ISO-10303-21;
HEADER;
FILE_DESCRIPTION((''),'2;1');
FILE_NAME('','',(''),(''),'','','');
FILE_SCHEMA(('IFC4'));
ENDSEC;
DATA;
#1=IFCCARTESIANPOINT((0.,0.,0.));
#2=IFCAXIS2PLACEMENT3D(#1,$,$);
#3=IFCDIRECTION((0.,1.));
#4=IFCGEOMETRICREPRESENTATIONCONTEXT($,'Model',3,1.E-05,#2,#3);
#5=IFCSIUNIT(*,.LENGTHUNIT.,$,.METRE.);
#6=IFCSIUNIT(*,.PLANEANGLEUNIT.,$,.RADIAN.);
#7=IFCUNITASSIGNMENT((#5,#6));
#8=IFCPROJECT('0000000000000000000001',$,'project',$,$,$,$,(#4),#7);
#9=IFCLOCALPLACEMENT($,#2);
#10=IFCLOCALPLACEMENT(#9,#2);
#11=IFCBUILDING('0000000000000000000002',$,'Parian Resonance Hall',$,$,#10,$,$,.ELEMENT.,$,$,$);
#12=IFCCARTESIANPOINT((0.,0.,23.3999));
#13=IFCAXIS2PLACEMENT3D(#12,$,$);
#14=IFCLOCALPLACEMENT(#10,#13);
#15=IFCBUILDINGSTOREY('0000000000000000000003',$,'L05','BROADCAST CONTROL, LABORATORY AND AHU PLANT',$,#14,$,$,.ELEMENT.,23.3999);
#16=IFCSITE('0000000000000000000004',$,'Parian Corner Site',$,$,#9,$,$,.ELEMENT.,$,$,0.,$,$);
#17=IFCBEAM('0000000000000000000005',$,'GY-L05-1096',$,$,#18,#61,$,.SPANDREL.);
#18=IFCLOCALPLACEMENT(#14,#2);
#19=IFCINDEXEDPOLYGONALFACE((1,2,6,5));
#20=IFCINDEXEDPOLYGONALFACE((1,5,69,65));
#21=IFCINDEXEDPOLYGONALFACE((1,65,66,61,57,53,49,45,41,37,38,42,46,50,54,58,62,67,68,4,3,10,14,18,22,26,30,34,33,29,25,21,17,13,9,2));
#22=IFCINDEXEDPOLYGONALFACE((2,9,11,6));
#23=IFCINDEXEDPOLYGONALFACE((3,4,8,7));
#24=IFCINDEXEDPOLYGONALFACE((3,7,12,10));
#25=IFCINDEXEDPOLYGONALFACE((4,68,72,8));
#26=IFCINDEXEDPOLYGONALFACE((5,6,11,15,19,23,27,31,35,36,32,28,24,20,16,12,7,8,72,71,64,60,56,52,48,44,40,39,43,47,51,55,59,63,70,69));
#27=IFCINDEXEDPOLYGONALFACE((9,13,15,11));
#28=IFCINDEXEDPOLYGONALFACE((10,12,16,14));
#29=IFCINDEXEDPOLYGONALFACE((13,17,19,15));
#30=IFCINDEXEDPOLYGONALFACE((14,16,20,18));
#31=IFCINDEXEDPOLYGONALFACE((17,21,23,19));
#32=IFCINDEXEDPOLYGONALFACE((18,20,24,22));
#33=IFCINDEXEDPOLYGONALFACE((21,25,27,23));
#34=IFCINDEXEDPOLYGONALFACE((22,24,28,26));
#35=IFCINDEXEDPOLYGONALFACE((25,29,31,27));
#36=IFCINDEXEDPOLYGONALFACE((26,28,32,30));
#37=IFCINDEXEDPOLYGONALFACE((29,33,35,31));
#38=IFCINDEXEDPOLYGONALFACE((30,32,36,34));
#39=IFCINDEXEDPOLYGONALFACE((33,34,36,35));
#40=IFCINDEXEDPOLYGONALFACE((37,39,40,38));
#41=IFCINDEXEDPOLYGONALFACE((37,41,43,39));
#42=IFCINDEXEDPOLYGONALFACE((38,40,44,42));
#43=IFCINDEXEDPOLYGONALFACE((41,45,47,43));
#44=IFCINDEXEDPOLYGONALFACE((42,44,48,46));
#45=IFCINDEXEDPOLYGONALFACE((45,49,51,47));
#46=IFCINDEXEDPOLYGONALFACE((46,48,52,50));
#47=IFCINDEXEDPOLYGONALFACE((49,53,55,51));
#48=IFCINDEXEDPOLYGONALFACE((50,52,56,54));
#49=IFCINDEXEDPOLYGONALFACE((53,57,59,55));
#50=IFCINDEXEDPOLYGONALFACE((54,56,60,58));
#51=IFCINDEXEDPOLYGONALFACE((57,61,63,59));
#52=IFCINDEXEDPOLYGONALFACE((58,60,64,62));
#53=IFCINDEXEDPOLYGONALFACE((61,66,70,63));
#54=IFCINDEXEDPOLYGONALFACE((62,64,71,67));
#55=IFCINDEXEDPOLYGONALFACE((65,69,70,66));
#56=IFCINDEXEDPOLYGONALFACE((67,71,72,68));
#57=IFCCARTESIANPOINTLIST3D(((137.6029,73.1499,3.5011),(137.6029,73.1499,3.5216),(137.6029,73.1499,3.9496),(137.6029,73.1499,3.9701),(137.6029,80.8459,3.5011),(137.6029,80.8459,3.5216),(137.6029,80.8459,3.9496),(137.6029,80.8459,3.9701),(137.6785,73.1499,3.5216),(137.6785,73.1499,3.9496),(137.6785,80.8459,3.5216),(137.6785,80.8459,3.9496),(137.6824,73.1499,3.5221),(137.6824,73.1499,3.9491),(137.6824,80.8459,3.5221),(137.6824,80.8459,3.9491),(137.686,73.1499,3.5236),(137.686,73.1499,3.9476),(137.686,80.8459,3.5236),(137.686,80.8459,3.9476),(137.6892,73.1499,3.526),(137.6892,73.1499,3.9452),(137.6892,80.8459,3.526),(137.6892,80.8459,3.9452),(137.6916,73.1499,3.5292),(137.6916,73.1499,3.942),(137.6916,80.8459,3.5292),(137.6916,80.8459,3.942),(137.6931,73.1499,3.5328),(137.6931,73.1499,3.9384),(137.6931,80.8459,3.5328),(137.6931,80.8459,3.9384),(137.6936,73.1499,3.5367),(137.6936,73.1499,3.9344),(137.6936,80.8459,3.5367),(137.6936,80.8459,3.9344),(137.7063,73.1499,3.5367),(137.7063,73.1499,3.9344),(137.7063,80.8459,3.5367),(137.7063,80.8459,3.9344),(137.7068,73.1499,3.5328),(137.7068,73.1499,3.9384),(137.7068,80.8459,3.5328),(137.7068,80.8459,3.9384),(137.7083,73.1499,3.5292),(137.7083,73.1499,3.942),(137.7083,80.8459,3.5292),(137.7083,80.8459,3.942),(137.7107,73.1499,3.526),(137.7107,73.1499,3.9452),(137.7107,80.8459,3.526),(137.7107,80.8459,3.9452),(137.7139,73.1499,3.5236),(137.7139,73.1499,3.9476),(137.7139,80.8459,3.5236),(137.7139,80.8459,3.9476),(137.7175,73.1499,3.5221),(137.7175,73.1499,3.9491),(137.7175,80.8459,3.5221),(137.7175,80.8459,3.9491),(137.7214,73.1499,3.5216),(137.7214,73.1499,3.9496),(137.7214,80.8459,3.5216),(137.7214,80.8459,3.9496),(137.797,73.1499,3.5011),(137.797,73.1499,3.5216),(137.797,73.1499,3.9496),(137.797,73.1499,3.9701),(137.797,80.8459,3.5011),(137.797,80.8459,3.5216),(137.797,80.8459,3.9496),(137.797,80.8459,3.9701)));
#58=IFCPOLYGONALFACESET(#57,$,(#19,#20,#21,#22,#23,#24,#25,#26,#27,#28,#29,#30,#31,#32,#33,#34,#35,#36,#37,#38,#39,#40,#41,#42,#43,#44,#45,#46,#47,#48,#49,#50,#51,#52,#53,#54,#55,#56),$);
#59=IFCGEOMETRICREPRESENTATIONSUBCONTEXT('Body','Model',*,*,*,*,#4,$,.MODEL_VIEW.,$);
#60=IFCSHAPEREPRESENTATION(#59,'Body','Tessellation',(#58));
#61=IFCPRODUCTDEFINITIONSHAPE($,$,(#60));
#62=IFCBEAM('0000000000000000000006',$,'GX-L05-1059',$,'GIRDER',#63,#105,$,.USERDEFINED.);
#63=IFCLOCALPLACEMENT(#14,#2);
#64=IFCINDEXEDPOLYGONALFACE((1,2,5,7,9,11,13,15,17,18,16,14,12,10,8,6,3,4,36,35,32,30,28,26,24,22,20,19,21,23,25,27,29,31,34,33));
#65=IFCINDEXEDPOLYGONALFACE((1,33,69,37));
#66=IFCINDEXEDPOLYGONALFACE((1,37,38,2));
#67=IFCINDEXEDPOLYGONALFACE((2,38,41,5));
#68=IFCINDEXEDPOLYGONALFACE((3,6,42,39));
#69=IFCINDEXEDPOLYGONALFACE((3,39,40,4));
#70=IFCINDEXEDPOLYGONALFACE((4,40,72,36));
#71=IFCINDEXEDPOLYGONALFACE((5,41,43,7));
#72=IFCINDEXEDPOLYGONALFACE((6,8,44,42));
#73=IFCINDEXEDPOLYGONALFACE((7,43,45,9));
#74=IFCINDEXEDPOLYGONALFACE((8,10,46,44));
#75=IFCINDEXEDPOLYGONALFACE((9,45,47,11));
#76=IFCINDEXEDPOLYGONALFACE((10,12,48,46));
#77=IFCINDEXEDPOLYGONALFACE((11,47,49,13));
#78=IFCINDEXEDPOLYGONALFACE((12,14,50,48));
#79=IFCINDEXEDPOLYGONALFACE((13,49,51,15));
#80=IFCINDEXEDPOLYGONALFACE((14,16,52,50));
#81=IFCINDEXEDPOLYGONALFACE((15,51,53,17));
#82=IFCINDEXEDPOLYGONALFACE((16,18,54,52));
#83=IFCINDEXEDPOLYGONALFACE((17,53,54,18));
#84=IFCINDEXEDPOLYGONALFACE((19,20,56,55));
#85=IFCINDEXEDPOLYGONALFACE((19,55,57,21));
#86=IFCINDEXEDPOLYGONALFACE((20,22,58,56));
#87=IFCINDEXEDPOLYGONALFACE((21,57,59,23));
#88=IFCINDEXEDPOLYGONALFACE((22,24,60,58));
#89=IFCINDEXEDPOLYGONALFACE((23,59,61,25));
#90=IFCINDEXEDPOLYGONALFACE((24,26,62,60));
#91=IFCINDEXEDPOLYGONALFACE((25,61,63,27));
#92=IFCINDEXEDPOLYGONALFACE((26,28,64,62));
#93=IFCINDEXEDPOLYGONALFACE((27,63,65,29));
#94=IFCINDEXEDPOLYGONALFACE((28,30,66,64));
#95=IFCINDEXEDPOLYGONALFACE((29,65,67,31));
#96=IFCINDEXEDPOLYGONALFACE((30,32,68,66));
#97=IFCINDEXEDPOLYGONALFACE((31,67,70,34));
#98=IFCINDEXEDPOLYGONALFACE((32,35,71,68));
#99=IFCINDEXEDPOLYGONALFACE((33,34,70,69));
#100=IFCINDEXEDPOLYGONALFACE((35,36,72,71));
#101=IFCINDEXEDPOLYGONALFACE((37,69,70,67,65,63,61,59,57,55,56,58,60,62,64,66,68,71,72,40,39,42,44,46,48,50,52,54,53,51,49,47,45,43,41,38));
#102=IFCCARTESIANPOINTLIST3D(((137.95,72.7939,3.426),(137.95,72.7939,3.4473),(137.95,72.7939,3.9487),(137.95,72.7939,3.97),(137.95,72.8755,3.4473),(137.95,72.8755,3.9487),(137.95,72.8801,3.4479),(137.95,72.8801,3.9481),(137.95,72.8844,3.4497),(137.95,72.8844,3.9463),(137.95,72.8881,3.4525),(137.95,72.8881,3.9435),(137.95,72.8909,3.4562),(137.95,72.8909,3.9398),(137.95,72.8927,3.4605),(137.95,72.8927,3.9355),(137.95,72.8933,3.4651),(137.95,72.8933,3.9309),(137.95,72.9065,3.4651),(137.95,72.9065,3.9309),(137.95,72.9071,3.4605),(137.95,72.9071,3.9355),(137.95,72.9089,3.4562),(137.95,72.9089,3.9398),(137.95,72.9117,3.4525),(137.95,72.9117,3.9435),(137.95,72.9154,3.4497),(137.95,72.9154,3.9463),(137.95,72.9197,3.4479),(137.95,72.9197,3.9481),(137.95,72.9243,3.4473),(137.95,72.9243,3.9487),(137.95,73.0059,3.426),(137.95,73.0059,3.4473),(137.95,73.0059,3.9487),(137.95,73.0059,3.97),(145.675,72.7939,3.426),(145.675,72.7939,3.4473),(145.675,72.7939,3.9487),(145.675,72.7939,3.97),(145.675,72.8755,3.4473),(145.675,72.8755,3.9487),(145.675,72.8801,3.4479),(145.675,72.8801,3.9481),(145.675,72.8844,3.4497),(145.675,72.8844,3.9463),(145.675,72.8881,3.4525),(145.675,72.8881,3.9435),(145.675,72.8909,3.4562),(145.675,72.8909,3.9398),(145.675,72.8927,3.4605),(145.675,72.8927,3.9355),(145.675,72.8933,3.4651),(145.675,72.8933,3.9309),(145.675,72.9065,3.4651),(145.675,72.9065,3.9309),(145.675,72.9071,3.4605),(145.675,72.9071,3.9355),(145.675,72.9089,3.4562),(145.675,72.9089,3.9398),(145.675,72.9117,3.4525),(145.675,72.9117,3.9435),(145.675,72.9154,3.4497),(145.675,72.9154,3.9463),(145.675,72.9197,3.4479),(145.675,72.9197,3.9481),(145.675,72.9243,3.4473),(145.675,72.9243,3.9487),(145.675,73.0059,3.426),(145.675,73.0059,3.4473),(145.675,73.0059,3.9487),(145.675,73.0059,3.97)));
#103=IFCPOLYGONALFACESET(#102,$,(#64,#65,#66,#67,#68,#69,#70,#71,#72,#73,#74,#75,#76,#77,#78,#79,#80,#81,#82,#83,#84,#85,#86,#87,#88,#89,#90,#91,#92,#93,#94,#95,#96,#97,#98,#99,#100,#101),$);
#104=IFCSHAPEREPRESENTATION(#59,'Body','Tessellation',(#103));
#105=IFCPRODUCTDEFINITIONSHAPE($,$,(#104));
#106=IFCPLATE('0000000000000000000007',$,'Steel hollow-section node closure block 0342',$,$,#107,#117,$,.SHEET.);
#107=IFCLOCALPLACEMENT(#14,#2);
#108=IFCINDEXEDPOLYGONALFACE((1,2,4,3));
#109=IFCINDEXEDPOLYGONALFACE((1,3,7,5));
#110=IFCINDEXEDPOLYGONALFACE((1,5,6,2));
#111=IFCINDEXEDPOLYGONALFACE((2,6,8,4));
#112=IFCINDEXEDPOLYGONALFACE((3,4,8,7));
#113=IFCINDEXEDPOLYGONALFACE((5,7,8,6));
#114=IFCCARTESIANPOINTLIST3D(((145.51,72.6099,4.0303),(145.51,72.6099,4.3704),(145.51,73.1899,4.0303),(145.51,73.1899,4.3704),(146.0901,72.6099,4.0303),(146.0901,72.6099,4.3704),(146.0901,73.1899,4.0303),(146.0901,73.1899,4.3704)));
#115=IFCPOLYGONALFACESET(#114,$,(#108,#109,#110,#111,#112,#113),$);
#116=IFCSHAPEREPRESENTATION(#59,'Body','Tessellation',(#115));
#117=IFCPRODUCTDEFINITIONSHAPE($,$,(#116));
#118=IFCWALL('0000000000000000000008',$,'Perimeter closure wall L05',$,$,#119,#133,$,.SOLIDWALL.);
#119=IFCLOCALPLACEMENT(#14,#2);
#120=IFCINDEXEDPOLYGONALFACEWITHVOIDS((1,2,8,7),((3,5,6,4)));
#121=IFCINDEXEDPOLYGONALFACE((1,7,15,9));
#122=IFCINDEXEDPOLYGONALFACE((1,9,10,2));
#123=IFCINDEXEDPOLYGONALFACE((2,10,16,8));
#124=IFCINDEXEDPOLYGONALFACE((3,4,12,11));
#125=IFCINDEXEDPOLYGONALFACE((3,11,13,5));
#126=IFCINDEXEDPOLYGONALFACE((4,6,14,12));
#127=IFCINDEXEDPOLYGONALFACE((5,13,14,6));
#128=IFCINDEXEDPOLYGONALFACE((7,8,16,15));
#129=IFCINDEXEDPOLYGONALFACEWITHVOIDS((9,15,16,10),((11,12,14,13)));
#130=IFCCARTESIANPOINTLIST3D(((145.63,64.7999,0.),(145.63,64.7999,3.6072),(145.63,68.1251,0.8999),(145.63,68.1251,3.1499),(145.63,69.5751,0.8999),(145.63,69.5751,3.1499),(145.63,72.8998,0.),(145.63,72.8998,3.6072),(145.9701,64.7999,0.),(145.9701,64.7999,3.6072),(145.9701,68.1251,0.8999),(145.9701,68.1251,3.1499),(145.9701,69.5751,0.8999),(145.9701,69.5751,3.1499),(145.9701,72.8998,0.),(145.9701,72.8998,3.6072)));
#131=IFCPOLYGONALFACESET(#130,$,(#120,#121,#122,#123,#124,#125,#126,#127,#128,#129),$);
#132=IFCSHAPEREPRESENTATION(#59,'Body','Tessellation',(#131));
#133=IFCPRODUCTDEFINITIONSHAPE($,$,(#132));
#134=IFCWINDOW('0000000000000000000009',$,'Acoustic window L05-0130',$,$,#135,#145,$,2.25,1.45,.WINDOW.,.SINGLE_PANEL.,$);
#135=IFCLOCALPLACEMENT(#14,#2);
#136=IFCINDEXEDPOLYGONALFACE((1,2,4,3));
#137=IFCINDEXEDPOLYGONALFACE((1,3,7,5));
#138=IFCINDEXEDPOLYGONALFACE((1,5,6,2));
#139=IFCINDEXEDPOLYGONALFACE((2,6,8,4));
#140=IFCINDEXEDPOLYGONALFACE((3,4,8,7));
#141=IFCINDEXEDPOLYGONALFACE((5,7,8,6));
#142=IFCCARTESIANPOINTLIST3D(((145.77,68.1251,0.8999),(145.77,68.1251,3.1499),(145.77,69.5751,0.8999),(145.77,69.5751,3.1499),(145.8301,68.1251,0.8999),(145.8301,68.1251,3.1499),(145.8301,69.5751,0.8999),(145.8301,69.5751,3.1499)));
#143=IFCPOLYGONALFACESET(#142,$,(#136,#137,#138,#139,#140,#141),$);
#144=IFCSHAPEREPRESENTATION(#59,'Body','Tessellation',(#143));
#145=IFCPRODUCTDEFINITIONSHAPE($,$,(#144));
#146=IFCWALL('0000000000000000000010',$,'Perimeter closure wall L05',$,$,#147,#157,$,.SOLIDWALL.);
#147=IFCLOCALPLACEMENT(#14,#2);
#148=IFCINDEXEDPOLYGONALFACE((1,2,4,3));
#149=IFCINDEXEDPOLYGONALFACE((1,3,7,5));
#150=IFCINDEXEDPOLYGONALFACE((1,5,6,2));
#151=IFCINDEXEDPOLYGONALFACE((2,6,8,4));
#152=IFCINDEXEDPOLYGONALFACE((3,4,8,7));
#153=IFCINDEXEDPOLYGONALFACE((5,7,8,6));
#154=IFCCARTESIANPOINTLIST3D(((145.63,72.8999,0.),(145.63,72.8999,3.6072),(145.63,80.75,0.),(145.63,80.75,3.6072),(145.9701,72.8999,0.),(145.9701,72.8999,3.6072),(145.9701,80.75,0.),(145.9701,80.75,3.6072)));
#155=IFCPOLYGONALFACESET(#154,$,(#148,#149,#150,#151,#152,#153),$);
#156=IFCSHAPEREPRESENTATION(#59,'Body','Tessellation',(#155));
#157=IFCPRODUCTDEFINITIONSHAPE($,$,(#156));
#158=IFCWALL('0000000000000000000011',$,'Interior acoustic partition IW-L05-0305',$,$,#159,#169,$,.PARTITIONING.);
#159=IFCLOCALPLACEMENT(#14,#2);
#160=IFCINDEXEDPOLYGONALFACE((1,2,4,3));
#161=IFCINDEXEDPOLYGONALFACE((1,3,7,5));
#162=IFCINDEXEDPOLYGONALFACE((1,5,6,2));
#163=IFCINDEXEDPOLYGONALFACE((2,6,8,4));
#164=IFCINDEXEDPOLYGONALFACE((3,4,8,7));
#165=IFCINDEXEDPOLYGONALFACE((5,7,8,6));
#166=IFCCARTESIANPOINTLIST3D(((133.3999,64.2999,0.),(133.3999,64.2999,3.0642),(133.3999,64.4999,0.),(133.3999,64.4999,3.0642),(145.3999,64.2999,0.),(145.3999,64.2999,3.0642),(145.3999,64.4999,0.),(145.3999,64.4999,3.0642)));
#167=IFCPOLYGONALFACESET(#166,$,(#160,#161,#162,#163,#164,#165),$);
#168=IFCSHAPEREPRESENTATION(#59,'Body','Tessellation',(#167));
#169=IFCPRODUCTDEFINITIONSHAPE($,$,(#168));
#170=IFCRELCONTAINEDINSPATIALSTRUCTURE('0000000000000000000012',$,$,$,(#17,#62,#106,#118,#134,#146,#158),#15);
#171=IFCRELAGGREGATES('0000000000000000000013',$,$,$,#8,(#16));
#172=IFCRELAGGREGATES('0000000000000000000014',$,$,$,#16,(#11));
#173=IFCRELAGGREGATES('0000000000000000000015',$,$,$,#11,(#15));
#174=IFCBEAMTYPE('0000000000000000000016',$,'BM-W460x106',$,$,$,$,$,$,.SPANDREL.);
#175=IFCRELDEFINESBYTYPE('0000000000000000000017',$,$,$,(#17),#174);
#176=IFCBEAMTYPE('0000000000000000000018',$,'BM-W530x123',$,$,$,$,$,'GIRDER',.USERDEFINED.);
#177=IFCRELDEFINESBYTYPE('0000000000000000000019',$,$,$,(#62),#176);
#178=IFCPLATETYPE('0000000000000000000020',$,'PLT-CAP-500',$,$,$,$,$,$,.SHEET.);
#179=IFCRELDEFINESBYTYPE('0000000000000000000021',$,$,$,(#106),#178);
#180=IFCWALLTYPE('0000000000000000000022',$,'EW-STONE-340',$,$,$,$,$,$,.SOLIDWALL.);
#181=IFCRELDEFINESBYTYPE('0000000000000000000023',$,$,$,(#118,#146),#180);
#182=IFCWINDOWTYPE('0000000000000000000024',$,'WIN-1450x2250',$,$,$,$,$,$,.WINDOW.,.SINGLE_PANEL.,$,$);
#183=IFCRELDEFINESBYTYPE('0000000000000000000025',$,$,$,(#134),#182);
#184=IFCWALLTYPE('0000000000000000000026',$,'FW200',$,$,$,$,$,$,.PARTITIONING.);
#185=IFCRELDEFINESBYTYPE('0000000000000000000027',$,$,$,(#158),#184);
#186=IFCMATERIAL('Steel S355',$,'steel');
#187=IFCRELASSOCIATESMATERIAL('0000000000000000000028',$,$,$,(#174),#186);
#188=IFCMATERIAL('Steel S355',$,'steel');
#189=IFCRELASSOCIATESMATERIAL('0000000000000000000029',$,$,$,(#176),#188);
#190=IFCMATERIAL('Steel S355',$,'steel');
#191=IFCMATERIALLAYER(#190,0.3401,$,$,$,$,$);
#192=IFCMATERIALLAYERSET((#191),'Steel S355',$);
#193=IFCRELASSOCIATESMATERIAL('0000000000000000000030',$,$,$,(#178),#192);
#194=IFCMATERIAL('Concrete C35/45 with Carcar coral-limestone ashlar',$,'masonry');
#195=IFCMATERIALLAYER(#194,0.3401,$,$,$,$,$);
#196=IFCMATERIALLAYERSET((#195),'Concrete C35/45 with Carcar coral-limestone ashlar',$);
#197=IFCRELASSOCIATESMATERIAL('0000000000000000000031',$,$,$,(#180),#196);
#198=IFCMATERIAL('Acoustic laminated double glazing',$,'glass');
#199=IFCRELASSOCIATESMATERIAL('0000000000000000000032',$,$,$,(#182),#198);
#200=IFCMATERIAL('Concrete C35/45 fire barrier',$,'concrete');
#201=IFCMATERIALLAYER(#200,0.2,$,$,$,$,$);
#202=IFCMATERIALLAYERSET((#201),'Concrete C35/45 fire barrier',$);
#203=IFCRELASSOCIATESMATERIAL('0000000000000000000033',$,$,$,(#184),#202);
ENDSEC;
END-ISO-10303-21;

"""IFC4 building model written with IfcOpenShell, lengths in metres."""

from ifc_helpers import new_model, si_unit, direction, frame, frame_2d, origin, origin_2d, place, context, subcontext, project, spatial, rectangle, i_section, extrude, material, layer, layer_set, material_profile, profile_set, type_object, element, fill, save


model = new_model("IFC4")

# Units and contexts
model_context = context("Model", 3, precision=1e-05, world=origin(), true_north=direction((0.0, 1.0)))
body_context = subcontext(model_context, "Body", "Model", "MODEL_VIEW")
ifc_project = project(units=[si_unit("LENGTHUNIT", "METRE"), si_unit("PLANEANGLEUNIT", "RADIAN")], contexts=[model_context])

# Site, building, storey
site_placement = place(None, origin())
site = spatial("IfcSite", under=ifc_project, at=site_placement, Name="Parian Corner Site", CompositionType="ELEMENT", RefElevation=0.0)
building_placement = place(site_placement, origin())
building = spatial("IfcBuilding", under=site, at=building_placement, Name="Parian Resonance Hall", CompositionType="ELEMENT")
storey_placement = place(building_placement, frame((0.0, 0.0, 23.3999)))
storey = spatial("IfcBuildingStorey", under=building, at=storey_placement, Name="L05", Description="BROADCAST CONTROL, LABORATORY AND AHU PLANT", CompositionType="ELEMENT", Elevation=23.3999)

# Beams
ifc_material_1 = material(Name="Steel S355", Category="steel")
ifc_material_profile_1 = material_profile(ifc_material_1, i_section(OverallWidth=0.1941, OverallDepth=0.469, WebThickness=0.0127, FlangeThickness=0.0205, FilletRadius=0.0151, at=origin_2d()), Name="W460x106")
ifc_profile_set_1 = profile_set([ifc_material_profile_1], Name="Steel S355")
beam_type_1 = type_object("IfcBeamType", Name="BM-W460x106", PredefinedType="SPANDREL", material=ifc_profile_set_1)
beam_1_placement = place(storey_placement, frame((137.7, 73.1499, 3.7356), z_axis=(0.0, 1.0, 0.0), x_axis=(-1.0, 0.0, 0.0)))
element("IfcBeam", 1, at=beam_1_placement, inside=storey, type_object=beam_type_1, Name="GY-L05-1096", PredefinedType="SPANDREL", context=body_context, shape_type="SweptSolid", body=[
    extrude(i_section(OverallWidth=0.1941, OverallDepth=0.469, WebThickness=0.0127, FlangeThickness=0.0205, FilletRadius=0.0151, at=origin_2d()), origin(), (0.0, 0.0, 1.0), 7.696),
])
ifc_material_2 = material(Name="Steel S355", Category="steel")
ifc_material_profile_2 = material_profile(ifc_material_2, i_section(OverallWidth=0.2119, OverallDepth=0.5439, WebThickness=0.0132, FlangeThickness=0.0212, FilletRadius=0.0178, at=origin_2d()), Name="W530x123")
ifc_profile_set_2 = profile_set([ifc_material_profile_2], Name="Steel S355")
beam_type_2 = type_object("IfcBeamType", Name="BM-W530x123", ElementType="GIRDER", PredefinedType="USERDEFINED", material=ifc_profile_set_2)
beam_2_placement = place(storey_placement, frame((137.95, 72.8999, 3.698), z_axis=(1.0, 0.0, 0.0), x_axis=(0.0, 1.0, 0.0)))
element("IfcBeam", 2, at=beam_2_placement, inside=storey, type_object=beam_type_2, Name="GX-L05-1059", ObjectType="GIRDER", PredefinedType="USERDEFINED", context=body_context, shape_type="SweptSolid", body=[
    extrude(i_section(OverallWidth=0.2119, OverallDepth=0.5439, WebThickness=0.0132, FlangeThickness=0.0212, FilletRadius=0.0178, at=origin_2d()), origin(), (0.0, 0.0, 1.0), 7.7251),
])

# Plate
ifc_material_3 = material(Name="Steel S355", Category="steel")
ifc_layer_1 = layer(ifc_material_3, 0.3401)
ifc_layer_set_1 = layer_set([ifc_layer_1], Name="Steel S355")
plate_type = type_object("IfcPlateType", Name="PLT-CAP-500", PredefinedType="SHEET", material=ifc_layer_set_1)
plate_placement = place(storey_placement, frame((145.8, 72.8999, 4.0303), z_axis=(0.0, 0.0, 1.0), x_axis=(1.0, 0.0, 0.0)))
element("IfcPlate", 3, at=plate_placement, inside=storey, type_object=plate_type, Name="Steel hollow-section node closure block 0342", PredefinedType="SHEET", context=body_context, shape_type="SweptSolid", body=[
    extrude(rectangle(XDim=0.5801, YDim=0.5801, at=origin_2d()), origin(), (0.0, 0.0, 1.0), 0.3401),
])

# Wall, opening, window
ifc_material_4 = material(Name="Concrete C35/45 with Carcar coral-limestone ashlar", Category="masonry")
ifc_layer_2 = layer(ifc_material_4, 0.3401)
ifc_layer_set_2 = layer_set([ifc_layer_2], Name="Concrete C35/45 with Carcar coral-limestone ashlar")
wall_type_1 = type_object("IfcWallType", Name="EW-STONE-340", PredefinedType="SOLIDWALL", material=ifc_layer_set_2)
wall_1_placement = place(storey_placement, frame((145.8, 64.8, 0.0), z_axis=(0.0, 0.0, 1.0), x_axis=(0.0, 1.0, 0.0)))
wall_1 = element("IfcWall", 4, at=wall_1_placement, inside=storey, type_object=wall_type_1, Name="Perimeter closure wall L05", PredefinedType="SOLIDWALL", context=body_context, shape_type="SweptSolid", body=[
    extrude(rectangle(XDim=8.0999, YDim=0.3401, at=frame_2d((4.0498, 0.0))), origin(), (0.0, 0.0, 1.0), 3.6072),
])
opening_1_placement = place(wall_1_placement, frame((3.325, 0.0, 0.8999)))
opening_1 = element("IfcOpeningElement", 5, at=opening_1_placement, cuts=wall_1, PredefinedType="OPENING", context=body_context, shape_type="SweptSolid", body=[
    extrude(rectangle(XDim=1.45, YDim=2.25, at=frame_2d((0.7251, 1.125))), frame((0.0, 0.1799, 0.0), z_axis=(0.0, -1.0, 0.0), x_axis=(1.0, 0.0, 0.0)), (0.0, 0.0, 1.0), 0.3601),
])
ifc_material_5 = material(Name="Acoustic laminated double glazing", Category="glass")
window_type = type_object("IfcWindowType", Name="WIN-1450x2250", PartitioningType="SINGLE_PANEL", PredefinedType="WINDOW", material=ifc_material_5)
window_placement = place(opening_1_placement, origin())
window = element("IfcWindow", 6, at=window_placement, inside=storey, type_object=window_type, Name="Acoustic window L05-0130", OverallHeight=2.25, OverallWidth=1.45, PartitioningType="SINGLE_PANEL", PredefinedType="WINDOW", context=body_context, shape_type="SweptSolid", body=[
    extrude(rectangle(XDim=1.45, YDim=2.25, at=frame_2d((0.7251, 1.125))), frame((0.0, 0.03, 0.0), z_axis=(0.0, -1.0, 0.0), x_axis=(1.0, 0.0, 0.0)), (0.0, 0.0, 1.0), 0.0601),
])
fill(opening_1, window)

# Walls
wall_2_placement = place(storey_placement, frame((145.8, 72.8999, 0.0), z_axis=(0.0, 0.0, 1.0), x_axis=(0.0, 1.0, 0.0)))
element("IfcWall", 7, at=wall_2_placement, inside=storey, type_object=wall_type_1, Name="Perimeter closure wall L05", PredefinedType="SOLIDWALL", context=body_context, shape_type="SweptSolid", body=[
    extrude(rectangle(XDim=7.8501, YDim=0.3401, at=frame_2d((3.925, 0.0))), origin(), (0.0, 0.0, 1.0), 3.6072),
])
ifc_material_6 = material(Name="Concrete C35/45 fire barrier", Category="concrete")
ifc_layer_3 = layer(ifc_material_6, 0.2)
ifc_layer_set_3 = layer_set([ifc_layer_3], Name="Concrete C35/45 fire barrier")
wall_type_2 = type_object("IfcWallType", Name="FW200", PredefinedType="PARTITIONING", material=ifc_layer_set_3)
wall_3_placement = place(storey_placement, frame((133.3999, 64.3999, 0.0), z_axis=(0.0, 0.0, 1.0), x_axis=(1.0, 0.0, 0.0)))
element("IfcWall", 8, at=wall_3_placement, inside=storey, type_object=wall_type_2, Name="Interior acoustic partition IW-L05-0305", PredefinedType="PARTITIONING", context=body_context, shape_type="SweptSolid", body=[
    extrude(rectangle(XDim=12.0, YDim=0.2, at=frame_2d((6.0, 0.0))), origin(), (0.0, 0.0, 1.0), 3.0642),
])

save(model, "model.ifc")
